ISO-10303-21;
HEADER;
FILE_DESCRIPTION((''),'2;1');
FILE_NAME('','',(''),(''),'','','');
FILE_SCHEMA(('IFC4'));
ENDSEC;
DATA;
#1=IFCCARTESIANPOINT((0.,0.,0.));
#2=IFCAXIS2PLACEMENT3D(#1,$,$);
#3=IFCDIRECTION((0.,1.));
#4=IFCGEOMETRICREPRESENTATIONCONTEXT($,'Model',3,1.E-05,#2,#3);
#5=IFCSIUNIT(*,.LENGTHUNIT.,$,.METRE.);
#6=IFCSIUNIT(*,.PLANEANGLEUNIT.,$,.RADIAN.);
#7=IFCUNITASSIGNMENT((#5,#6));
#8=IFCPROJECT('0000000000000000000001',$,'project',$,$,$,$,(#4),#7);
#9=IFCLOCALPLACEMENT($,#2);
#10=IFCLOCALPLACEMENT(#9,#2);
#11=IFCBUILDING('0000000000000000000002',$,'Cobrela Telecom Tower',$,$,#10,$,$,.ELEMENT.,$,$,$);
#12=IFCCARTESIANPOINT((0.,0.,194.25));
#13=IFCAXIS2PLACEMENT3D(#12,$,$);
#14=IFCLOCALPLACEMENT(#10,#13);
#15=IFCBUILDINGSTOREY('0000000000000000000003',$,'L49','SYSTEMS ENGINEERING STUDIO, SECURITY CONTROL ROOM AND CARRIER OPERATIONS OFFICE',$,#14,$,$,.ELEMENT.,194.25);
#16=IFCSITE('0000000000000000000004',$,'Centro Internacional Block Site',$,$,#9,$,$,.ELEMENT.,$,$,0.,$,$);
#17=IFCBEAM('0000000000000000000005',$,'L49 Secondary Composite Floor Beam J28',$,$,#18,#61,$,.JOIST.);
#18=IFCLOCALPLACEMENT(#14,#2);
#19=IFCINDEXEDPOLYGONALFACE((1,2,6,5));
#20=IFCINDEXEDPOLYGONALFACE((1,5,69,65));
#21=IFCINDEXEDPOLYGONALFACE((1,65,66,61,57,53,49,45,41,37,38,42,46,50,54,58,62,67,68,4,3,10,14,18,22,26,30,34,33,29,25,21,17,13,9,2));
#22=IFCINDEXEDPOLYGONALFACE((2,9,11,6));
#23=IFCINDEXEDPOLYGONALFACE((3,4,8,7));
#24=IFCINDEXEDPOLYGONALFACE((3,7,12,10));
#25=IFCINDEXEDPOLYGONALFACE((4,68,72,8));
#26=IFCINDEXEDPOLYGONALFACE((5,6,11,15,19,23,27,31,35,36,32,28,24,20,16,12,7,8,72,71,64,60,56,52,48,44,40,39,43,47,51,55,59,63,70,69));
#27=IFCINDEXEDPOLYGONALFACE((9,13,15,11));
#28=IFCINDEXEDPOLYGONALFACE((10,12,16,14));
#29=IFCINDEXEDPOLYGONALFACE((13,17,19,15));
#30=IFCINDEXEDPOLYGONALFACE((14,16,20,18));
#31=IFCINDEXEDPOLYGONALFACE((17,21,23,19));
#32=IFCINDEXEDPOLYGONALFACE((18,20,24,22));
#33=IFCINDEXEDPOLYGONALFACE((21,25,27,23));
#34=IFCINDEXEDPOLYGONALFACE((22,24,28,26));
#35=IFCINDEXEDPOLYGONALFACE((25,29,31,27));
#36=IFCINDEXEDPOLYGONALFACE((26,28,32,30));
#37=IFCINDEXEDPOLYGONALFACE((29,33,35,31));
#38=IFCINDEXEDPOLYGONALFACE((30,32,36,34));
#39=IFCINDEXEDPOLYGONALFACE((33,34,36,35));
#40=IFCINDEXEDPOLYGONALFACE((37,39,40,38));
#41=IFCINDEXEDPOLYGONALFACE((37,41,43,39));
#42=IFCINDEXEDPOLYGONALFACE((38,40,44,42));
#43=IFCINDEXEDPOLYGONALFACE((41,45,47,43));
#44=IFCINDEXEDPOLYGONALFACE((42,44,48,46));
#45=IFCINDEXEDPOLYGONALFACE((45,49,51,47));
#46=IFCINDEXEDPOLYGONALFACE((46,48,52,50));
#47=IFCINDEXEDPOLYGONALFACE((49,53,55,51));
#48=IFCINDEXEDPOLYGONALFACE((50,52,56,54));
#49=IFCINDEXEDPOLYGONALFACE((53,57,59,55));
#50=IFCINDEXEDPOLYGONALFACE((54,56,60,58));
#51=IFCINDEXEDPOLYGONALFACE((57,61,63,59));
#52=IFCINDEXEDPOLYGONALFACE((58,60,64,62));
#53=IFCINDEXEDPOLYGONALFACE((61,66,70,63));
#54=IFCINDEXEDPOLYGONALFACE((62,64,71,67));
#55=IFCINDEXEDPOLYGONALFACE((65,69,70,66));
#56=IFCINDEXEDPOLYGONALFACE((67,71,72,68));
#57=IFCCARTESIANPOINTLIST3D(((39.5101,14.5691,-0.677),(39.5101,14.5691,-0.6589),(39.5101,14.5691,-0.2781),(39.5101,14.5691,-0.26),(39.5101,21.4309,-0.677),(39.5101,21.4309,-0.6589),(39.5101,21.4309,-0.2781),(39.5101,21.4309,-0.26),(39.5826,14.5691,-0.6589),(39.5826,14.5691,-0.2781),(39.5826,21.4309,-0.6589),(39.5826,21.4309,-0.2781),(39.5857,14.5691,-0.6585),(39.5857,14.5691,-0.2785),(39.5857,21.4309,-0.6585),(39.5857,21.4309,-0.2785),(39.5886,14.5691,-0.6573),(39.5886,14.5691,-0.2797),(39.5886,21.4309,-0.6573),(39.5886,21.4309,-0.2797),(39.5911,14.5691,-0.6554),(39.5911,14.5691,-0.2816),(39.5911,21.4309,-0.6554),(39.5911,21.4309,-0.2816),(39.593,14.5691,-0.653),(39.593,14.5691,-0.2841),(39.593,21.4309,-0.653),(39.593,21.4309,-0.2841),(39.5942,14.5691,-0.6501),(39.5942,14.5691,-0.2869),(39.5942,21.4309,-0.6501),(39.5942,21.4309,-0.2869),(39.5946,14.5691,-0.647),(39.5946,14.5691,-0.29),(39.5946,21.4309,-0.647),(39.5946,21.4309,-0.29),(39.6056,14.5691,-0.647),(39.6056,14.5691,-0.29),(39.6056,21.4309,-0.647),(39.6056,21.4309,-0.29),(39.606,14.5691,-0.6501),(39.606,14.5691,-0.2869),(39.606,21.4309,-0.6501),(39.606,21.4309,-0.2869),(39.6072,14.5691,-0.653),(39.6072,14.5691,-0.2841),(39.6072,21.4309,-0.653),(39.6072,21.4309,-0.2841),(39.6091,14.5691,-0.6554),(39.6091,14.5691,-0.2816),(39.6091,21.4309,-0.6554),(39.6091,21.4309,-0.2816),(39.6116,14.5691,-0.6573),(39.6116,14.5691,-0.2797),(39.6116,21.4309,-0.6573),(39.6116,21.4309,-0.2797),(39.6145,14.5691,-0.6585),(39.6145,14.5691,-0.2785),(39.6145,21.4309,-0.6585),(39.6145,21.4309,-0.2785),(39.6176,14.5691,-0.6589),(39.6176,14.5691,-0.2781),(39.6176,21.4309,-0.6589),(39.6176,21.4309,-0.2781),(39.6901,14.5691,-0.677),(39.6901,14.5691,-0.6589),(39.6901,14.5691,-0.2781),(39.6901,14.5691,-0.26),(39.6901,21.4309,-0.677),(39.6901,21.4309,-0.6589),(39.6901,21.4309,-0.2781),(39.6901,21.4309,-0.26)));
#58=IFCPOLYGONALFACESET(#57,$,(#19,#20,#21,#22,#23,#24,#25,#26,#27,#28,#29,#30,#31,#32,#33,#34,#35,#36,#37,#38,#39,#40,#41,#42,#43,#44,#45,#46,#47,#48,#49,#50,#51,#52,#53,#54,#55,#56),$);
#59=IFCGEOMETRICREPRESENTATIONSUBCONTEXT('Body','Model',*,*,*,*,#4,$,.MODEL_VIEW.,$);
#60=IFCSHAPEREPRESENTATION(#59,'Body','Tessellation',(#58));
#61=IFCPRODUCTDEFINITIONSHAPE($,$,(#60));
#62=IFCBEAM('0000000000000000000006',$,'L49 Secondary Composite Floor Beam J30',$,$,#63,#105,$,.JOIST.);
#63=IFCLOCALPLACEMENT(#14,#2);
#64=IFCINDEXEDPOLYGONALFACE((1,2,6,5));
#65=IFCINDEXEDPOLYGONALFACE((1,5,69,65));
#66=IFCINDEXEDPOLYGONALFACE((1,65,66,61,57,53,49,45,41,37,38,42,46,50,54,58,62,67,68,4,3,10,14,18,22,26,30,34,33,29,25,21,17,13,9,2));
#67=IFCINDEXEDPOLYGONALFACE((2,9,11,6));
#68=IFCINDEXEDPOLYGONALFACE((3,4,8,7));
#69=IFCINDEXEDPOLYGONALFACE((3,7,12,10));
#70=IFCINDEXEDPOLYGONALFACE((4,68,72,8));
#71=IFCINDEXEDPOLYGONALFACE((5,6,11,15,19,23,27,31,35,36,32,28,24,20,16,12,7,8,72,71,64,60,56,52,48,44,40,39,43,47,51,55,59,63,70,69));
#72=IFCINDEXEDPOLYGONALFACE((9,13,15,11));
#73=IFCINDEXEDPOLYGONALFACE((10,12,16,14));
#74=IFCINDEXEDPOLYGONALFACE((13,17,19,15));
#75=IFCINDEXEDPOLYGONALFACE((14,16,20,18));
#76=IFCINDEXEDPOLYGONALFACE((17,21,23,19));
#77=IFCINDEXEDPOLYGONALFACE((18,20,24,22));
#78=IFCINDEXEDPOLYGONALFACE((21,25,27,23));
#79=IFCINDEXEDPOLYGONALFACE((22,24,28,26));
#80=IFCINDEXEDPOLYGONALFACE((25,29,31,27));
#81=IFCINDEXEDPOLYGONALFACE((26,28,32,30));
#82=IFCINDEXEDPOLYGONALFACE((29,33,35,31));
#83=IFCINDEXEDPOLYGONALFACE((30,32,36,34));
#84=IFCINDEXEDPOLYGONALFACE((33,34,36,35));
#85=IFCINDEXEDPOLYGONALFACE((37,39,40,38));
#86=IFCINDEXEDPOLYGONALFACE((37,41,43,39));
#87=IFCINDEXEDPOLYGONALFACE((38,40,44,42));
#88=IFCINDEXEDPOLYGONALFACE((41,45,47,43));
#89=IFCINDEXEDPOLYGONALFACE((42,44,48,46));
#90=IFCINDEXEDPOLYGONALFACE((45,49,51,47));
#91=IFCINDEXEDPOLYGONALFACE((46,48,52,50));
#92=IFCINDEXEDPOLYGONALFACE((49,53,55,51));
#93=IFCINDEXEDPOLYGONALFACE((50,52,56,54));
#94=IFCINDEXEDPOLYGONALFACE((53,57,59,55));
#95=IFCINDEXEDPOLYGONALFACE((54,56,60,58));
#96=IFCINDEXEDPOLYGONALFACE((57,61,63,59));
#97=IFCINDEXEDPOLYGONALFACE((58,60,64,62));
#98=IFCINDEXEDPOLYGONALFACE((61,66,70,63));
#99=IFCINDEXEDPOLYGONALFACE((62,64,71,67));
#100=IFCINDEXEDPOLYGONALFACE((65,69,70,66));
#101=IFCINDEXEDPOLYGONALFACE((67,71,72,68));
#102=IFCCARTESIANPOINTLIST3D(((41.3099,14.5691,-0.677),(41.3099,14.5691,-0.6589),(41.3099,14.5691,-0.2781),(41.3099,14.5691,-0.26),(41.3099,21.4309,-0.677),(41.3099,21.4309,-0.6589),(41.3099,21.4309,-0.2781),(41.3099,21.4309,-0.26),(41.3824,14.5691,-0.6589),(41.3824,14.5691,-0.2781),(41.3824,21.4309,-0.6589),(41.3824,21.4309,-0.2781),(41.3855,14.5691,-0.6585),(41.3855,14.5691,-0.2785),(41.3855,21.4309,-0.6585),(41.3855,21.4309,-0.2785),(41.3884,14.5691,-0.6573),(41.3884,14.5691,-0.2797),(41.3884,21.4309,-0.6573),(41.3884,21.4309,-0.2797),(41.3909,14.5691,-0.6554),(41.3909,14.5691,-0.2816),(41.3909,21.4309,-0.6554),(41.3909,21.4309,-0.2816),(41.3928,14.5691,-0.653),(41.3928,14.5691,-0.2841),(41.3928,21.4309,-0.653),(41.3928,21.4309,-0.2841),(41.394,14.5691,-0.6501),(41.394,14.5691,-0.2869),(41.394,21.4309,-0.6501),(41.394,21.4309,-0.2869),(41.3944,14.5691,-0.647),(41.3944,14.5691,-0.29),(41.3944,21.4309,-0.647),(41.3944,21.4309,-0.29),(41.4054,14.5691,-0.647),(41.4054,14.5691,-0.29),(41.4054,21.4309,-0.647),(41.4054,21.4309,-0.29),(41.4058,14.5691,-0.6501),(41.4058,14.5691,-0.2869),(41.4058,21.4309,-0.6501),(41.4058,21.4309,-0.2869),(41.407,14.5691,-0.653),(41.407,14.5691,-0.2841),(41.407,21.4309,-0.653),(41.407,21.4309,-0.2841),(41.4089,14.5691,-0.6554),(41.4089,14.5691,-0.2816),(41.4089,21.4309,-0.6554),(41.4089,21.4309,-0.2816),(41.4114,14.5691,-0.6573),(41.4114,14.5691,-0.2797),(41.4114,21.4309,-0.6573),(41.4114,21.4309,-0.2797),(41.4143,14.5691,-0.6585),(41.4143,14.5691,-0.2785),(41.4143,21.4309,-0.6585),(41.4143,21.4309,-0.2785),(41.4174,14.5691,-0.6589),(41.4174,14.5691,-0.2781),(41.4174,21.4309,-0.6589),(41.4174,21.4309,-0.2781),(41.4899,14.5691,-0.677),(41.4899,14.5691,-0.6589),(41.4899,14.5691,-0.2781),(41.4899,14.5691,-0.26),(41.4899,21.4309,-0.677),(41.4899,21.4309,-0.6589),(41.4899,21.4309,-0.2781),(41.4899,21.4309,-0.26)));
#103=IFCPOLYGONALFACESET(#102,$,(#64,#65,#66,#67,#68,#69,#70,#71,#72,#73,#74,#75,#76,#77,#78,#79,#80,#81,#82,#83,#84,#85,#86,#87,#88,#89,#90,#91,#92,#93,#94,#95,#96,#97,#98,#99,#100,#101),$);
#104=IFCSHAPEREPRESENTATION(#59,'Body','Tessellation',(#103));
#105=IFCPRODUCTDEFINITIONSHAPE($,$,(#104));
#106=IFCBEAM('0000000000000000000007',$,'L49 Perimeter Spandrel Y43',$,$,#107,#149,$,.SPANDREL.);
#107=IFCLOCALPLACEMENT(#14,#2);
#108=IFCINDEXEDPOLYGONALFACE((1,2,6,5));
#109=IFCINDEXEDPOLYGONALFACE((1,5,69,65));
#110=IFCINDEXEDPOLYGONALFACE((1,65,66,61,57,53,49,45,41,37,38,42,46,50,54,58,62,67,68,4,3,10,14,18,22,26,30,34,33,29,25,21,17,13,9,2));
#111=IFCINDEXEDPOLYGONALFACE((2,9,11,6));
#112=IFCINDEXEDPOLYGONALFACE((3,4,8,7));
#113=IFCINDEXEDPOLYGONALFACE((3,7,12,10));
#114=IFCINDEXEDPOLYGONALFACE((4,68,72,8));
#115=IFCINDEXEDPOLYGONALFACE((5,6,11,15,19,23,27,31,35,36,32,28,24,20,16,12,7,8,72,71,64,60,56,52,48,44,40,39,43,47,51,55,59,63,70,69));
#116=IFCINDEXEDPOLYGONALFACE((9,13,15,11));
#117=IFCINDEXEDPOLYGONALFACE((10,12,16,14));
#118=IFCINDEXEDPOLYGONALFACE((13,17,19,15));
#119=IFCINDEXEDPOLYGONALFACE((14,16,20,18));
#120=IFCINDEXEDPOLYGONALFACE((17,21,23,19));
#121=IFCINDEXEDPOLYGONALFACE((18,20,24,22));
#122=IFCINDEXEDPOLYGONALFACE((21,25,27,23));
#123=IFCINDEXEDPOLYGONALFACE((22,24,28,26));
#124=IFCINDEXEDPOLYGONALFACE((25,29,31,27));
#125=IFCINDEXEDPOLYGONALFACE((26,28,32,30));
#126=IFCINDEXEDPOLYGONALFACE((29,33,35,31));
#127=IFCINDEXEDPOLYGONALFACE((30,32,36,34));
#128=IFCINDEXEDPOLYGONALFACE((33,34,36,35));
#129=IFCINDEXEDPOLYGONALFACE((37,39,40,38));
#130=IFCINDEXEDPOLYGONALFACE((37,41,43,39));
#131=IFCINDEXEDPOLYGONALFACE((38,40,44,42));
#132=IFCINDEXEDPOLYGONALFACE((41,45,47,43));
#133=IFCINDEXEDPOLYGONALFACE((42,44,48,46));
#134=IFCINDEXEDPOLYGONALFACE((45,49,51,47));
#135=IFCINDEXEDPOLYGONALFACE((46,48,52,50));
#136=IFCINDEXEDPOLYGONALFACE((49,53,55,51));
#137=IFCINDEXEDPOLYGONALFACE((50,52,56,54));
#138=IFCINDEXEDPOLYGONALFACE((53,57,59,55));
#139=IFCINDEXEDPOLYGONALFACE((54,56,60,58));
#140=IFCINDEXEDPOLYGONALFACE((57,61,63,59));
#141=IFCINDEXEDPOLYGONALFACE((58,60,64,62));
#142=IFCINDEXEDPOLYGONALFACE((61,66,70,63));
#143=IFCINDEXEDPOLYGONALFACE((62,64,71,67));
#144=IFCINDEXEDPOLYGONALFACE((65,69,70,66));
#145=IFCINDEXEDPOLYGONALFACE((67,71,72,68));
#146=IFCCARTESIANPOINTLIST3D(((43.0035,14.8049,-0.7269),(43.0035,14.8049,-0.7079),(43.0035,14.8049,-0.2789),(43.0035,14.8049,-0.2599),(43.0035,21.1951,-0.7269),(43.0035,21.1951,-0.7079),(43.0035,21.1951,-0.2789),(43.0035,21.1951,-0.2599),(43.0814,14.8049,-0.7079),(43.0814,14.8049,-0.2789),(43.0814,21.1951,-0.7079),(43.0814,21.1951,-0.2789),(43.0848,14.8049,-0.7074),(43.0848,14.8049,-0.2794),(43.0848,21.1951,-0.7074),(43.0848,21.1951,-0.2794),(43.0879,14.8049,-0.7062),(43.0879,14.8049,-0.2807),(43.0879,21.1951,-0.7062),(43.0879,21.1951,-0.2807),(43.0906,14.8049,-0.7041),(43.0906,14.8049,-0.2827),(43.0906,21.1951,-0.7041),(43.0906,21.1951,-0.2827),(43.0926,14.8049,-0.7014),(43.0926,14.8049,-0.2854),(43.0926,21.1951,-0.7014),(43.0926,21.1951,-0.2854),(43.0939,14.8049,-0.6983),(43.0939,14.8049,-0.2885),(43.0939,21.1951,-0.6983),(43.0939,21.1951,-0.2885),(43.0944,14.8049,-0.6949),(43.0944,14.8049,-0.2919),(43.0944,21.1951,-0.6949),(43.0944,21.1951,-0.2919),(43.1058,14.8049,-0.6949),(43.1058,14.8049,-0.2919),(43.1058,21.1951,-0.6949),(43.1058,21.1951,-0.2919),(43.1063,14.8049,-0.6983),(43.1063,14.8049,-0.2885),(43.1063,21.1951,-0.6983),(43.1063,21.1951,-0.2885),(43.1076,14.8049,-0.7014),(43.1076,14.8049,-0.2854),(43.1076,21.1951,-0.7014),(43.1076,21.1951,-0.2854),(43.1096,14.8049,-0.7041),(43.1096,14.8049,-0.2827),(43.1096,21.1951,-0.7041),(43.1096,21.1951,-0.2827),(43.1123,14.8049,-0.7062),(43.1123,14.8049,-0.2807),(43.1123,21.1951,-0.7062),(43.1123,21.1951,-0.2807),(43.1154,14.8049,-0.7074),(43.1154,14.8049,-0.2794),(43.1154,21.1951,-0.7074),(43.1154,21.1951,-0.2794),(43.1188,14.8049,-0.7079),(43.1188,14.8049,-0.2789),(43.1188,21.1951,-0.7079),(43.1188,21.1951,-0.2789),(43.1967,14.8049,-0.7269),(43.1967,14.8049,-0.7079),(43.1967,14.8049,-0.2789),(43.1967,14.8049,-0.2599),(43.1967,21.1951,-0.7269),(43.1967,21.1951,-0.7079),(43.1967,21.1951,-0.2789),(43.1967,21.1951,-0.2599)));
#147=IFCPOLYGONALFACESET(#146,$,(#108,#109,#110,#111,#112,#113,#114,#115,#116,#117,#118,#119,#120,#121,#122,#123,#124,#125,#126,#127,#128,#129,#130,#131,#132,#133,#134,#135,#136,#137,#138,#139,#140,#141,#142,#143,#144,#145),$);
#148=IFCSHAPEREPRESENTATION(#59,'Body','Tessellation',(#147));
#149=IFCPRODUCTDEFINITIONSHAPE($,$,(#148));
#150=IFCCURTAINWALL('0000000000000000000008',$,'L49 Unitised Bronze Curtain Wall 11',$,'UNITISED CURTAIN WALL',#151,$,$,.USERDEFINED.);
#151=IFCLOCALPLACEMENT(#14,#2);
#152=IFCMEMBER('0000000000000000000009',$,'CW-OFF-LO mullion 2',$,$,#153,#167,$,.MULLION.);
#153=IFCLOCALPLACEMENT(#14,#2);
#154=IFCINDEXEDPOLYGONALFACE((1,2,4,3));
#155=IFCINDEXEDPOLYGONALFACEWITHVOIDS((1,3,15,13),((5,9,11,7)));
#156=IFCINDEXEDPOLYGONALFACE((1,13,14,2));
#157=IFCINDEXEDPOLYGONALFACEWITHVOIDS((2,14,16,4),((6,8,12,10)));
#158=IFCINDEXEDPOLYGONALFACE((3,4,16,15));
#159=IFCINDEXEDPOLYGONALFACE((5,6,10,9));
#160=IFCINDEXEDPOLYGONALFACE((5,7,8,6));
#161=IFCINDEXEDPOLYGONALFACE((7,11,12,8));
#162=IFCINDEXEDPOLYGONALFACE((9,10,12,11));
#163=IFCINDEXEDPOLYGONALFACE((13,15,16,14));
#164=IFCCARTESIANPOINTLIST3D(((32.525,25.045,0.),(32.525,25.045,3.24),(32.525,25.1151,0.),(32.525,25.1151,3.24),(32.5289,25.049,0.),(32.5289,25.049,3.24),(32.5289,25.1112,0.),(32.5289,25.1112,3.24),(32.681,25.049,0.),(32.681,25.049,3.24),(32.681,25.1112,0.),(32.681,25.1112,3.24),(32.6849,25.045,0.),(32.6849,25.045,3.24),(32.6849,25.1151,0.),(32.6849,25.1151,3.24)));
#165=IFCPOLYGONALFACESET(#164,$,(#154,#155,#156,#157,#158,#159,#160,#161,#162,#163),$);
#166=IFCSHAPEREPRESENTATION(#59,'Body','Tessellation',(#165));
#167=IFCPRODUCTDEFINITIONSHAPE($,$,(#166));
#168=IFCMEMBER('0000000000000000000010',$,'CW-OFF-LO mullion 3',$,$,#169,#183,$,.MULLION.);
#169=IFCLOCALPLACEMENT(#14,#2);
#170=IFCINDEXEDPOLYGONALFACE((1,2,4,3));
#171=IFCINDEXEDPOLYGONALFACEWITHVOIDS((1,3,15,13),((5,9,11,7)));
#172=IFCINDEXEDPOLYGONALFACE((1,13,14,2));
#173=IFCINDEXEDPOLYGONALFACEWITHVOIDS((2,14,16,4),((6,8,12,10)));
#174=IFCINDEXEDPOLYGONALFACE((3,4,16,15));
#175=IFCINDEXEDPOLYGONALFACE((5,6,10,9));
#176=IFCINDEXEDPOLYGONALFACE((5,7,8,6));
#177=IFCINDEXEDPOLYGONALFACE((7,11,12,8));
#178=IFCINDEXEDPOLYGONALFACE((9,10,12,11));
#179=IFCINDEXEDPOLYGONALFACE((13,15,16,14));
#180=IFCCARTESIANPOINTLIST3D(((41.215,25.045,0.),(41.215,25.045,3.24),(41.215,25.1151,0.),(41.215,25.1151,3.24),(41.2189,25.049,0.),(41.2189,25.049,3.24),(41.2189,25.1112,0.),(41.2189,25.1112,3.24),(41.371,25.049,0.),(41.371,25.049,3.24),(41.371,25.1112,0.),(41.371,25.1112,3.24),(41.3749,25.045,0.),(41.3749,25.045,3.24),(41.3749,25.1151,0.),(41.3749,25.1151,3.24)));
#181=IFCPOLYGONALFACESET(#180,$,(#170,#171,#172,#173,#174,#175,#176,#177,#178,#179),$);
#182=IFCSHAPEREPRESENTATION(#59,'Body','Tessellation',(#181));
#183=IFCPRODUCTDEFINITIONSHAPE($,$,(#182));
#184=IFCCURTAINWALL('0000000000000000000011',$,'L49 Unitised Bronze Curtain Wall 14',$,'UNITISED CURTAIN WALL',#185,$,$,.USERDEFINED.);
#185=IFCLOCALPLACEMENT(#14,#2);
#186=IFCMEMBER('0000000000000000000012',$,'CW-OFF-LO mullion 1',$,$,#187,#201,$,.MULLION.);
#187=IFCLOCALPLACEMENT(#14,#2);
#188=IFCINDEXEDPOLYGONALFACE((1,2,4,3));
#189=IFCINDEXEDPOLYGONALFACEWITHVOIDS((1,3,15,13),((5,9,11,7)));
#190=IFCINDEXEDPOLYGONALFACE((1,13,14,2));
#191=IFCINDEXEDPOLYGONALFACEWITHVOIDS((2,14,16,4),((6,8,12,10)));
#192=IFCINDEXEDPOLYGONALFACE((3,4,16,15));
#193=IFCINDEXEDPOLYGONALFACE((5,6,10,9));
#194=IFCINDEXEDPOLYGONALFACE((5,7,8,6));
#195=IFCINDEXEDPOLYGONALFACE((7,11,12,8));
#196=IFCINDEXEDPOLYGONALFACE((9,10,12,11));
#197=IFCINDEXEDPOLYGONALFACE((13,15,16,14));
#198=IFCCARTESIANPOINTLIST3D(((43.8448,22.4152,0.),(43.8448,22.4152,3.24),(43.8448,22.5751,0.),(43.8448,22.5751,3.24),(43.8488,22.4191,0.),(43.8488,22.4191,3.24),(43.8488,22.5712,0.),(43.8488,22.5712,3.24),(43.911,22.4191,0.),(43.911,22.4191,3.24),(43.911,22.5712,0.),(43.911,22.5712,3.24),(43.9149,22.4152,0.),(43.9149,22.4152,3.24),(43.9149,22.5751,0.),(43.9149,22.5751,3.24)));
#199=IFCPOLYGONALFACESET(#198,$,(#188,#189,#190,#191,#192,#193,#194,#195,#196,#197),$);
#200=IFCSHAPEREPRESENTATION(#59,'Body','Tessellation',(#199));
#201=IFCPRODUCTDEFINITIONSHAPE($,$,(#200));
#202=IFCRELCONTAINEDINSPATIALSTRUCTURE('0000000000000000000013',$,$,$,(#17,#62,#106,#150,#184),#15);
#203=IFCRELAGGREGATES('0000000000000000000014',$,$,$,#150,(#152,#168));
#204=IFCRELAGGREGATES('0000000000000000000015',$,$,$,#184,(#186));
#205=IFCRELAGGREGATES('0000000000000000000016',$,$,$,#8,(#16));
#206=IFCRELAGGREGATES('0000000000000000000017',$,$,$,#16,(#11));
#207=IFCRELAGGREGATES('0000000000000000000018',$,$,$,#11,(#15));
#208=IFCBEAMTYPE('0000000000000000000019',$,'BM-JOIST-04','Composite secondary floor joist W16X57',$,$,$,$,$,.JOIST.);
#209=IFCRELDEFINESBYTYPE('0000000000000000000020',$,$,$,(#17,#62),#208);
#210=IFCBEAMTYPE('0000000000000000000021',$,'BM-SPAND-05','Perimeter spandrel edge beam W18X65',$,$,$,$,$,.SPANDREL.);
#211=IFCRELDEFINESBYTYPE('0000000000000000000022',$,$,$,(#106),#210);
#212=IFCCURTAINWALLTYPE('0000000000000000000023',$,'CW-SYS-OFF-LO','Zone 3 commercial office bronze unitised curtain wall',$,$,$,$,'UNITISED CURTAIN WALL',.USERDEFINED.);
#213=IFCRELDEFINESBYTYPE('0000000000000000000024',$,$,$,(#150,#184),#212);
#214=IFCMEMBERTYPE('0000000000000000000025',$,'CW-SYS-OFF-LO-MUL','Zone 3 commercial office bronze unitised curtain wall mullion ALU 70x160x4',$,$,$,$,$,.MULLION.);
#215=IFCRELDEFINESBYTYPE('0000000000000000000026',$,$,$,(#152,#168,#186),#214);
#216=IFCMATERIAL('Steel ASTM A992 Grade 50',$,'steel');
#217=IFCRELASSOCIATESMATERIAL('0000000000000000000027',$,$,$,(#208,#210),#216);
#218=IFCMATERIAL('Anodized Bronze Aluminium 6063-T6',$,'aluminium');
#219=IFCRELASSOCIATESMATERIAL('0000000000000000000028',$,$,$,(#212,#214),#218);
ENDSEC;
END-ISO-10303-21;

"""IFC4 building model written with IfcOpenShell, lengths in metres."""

from ifc_helpers import new_model, si_unit, direction, frame, origin, origin_2d, place, context, subcontext, project, spatial, hollow_rectangle, i_section, extrude, material, material_profile, profile_set, type_object, element, aggregate, save


model = new_model("IFC4")

# Units and contexts
model_context = context("Model", 3, precision=1e-05, world=origin(), true_north=direction((0.0, 1.0)))
body_context = subcontext(model_context, "Body", "Model", "MODEL_VIEW")
ifc_project = project(units=[si_unit("LENGTHUNIT", "METRE"), si_unit("PLANEANGLEUNIT", "RADIAN")], contexts=[model_context])

# Site, building, storey
site_placement = place(None, origin())
site = spatial("IfcSite", under=ifc_project, at=site_placement, Name="Centro Internacional Block Site", CompositionType="ELEMENT", RefElevation=0.0)
building_placement = place(site_placement, origin())
building = spatial("IfcBuilding", under=site, at=building_placement, Name="Cobrela Telecom Tower", CompositionType="ELEMENT")
storey_placement = place(building_placement, frame((0.0, 0.0, 194.25)))
storey = spatial("IfcBuildingStorey", under=building, at=storey_placement, Name="L49", Description="SYSTEMS ENGINEERING STUDIO, SECURITY CONTROL ROOM AND CARRIER OPERATIONS OFFICE", CompositionType="ELEMENT", Elevation=194.25)

# Shared definitions
ifc_material_1 = material(Name="Steel ASTM A992 Grade 50", Category="steel")

# Beams
ifc_material_profile_1 = material_profile(ifc_material_1, i_section(OverallWidth=0.1799, OverallDepth=0.417, WebThickness=0.011, FlangeThickness=0.0181, FilletRadius=0.012, at=origin_2d()), Name="W16X57")
ifc_profile_set_1 = profile_set([ifc_material_profile_1], Name="Steel ASTM A992 Grade 50")
beam_type_1 = type_object("IfcBeamType", Name="BM-JOIST-04", Description="Composite secondary floor joist W16X57", PredefinedType="JOIST", material=ifc_profile_set_1)
for number, where, z_axis, x_axis, name in (
    (1, (39.6001, 14.5691, -0.4685), (0.0, 1.0, 0.0), (-1.0, 0.0, 0.0), "L49 Secondary Composite Floor Beam J28"),
    (2, (41.3999, 14.5691, -0.4685), (0.0, 1.0, 0.0), (-1.0, 0.0, 0.0), "L49 Secondary Composite Floor Beam J30"),
):
    element("IfcBeam", number, at=place(storey_placement, frame(where, z_axis=z_axis, x_axis=x_axis)), inside=storey, type_object=beam_type_1, Name=name, PredefinedType="JOIST", context=body_context, shape_type="SweptSolid", body=[
        extrude(i_section(OverallWidth=0.1799, OverallDepth=0.417, WebThickness=0.011, FlangeThickness=0.0181, FilletRadius=0.012, at=origin_2d()), origin(), (0.0, 0.0, 1.0), 6.8618),
    ])
ifc_material_profile_2 = material_profile(ifc_material_1, i_section(OverallWidth=0.1931, OverallDepth=0.467, WebThickness=0.0115, FlangeThickness=0.019, FilletRadius=0.0129, at=origin_2d()), Name="W18X65")
ifc_profile_set_2 = profile_set([ifc_material_profile_2], Name="Steel ASTM A992 Grade 50")
beam_type_2 = type_object("IfcBeamType", Name="BM-SPAND-05", Description="Perimeter spandrel edge beam W18X65", PredefinedType="SPANDREL", material=ifc_profile_set_2)
beam_1_placement = place(storey_placement, frame((43.1001, 14.8049, -0.4934), z_axis=(0.0, 1.0, 0.0), x_axis=(-1.0, 0.0, 0.0)))
element("IfcBeam", 3, at=beam_1_placement, inside=storey, type_object=beam_type_2, Name="L49 Perimeter Spandrel Y43", PredefinedType="SPANDREL", context=body_context, shape_type="SweptSolid", body=[
    extrude(i_section(OverallWidth=0.1931, OverallDepth=0.467, WebThickness=0.0115, FlangeThickness=0.019, FilletRadius=0.0129, at=origin_2d()), origin(), (0.0, 0.0, 1.0), 6.3901),
])

# Curtain wall, members
ifc_material_2 = material(Name="Anodized Bronze Aluminium 6063-T6", Category="aluminium")
curtain_wall_type = type_object("IfcCurtainWallType", Name="CW-SYS-OFF-LO", Description="Zone 3 commercial office bronze unitised curtain wall", ElementType="UNITISED CURTAIN WALL", PredefinedType="USERDEFINED", material=ifc_material_2)
curtain_wall_1_placement = place(storey_placement, origin())
curtain_wall_1 = element("IfcCurtainWall", 4, at=curtain_wall_1_placement, inside=storey, type_object=curtain_wall_type, Name="L49 Unitised Bronze Curtain Wall 11", ObjectType="UNITISED CURTAIN WALL", PredefinedType="USERDEFINED")
ifc_material_profile_3 = material_profile(ifc_material_2, hollow_rectangle(XDim=0.0701, YDim=0.1599, WallThickness=0.0039, at=origin_2d()), Name="ALU 70x160x4")
ifc_profile_set_3 = profile_set([ifc_material_profile_3], Name="Anodized Bronze Aluminium 6063-T6")
member_type_1 = type_object("IfcMemberType", Name="CW-SYS-OFF-LO-MUL", Description="Zone 3 commercial office bronze unitised curtain wall mullion ALU 70x160x4", PredefinedType="MULLION", material=ifc_profile_set_3)
member_1_placement = place(storey_placement, frame((32.605, 25.0801, 0.0), z_axis=(0.0, 0.0, 1.0), x_axis=(0.0, 1.0, 0.0)))
member_1 = element("IfcMember", 5, at=member_1_placement, type_object=member_type_1, Name="CW-OFF-LO mullion 2", PredefinedType="MULLION", context=body_context, shape_type="SweptSolid", body=[
    extrude(hollow_rectangle(XDim=0.0701, YDim=0.1599, WallThickness=0.0039, at=origin_2d()), origin(), (0.0, 0.0, 1.0), 3.24),
])
member_2_placement = place(storey_placement, frame((41.2949, 25.0801, 0.0), z_axis=(0.0, 0.0, 1.0), x_axis=(0.0, 1.0, 0.0)))
member_2 = element("IfcMember", 6, at=member_2_placement, type_object=member_type_1, Name="CW-OFF-LO mullion 3", PredefinedType="MULLION", context=body_context, shape_type="SweptSolid", body=[
    extrude(hollow_rectangle(XDim=0.0701, YDim=0.1599, WallThickness=0.0039, at=origin_2d()), origin(), (0.0, 0.0, 1.0), 3.24),
])

# Curtain wall, member
curtain_wall_2_placement = place(storey_placement, origin())
curtain_wall_2 = element("IfcCurtainWall", 7, at=curtain_wall_2_placement, inside=storey, type_object=curtain_wall_type, Name="L49 Unitised Bronze Curtain Wall 14", ObjectType="UNITISED CURTAIN WALL", PredefinedType="USERDEFINED")
member_3_placement = place(storey_placement, frame((43.8799, 22.4951, 0.0), z_axis=(0.0, 0.0, 1.0), x_axis=(1.0, 0.0, 0.0)))
member_3 = element("IfcMember", 8, at=member_3_placement, type_object=member_type_1, Name="CW-OFF-LO mullion 1", PredefinedType="MULLION", context=body_context, shape_type="SweptSolid", body=[
    extrude(hollow_rectangle(XDim=0.0701, YDim=0.1599, WallThickness=0.0039, at=origin_2d()), origin(), (0.0, 0.0, 1.0), 3.24),
])

aggregate(curtain_wall_1, [member_1, member_2])
aggregate(curtain_wall_2, [member_3])

save(model, "model.ifc")
